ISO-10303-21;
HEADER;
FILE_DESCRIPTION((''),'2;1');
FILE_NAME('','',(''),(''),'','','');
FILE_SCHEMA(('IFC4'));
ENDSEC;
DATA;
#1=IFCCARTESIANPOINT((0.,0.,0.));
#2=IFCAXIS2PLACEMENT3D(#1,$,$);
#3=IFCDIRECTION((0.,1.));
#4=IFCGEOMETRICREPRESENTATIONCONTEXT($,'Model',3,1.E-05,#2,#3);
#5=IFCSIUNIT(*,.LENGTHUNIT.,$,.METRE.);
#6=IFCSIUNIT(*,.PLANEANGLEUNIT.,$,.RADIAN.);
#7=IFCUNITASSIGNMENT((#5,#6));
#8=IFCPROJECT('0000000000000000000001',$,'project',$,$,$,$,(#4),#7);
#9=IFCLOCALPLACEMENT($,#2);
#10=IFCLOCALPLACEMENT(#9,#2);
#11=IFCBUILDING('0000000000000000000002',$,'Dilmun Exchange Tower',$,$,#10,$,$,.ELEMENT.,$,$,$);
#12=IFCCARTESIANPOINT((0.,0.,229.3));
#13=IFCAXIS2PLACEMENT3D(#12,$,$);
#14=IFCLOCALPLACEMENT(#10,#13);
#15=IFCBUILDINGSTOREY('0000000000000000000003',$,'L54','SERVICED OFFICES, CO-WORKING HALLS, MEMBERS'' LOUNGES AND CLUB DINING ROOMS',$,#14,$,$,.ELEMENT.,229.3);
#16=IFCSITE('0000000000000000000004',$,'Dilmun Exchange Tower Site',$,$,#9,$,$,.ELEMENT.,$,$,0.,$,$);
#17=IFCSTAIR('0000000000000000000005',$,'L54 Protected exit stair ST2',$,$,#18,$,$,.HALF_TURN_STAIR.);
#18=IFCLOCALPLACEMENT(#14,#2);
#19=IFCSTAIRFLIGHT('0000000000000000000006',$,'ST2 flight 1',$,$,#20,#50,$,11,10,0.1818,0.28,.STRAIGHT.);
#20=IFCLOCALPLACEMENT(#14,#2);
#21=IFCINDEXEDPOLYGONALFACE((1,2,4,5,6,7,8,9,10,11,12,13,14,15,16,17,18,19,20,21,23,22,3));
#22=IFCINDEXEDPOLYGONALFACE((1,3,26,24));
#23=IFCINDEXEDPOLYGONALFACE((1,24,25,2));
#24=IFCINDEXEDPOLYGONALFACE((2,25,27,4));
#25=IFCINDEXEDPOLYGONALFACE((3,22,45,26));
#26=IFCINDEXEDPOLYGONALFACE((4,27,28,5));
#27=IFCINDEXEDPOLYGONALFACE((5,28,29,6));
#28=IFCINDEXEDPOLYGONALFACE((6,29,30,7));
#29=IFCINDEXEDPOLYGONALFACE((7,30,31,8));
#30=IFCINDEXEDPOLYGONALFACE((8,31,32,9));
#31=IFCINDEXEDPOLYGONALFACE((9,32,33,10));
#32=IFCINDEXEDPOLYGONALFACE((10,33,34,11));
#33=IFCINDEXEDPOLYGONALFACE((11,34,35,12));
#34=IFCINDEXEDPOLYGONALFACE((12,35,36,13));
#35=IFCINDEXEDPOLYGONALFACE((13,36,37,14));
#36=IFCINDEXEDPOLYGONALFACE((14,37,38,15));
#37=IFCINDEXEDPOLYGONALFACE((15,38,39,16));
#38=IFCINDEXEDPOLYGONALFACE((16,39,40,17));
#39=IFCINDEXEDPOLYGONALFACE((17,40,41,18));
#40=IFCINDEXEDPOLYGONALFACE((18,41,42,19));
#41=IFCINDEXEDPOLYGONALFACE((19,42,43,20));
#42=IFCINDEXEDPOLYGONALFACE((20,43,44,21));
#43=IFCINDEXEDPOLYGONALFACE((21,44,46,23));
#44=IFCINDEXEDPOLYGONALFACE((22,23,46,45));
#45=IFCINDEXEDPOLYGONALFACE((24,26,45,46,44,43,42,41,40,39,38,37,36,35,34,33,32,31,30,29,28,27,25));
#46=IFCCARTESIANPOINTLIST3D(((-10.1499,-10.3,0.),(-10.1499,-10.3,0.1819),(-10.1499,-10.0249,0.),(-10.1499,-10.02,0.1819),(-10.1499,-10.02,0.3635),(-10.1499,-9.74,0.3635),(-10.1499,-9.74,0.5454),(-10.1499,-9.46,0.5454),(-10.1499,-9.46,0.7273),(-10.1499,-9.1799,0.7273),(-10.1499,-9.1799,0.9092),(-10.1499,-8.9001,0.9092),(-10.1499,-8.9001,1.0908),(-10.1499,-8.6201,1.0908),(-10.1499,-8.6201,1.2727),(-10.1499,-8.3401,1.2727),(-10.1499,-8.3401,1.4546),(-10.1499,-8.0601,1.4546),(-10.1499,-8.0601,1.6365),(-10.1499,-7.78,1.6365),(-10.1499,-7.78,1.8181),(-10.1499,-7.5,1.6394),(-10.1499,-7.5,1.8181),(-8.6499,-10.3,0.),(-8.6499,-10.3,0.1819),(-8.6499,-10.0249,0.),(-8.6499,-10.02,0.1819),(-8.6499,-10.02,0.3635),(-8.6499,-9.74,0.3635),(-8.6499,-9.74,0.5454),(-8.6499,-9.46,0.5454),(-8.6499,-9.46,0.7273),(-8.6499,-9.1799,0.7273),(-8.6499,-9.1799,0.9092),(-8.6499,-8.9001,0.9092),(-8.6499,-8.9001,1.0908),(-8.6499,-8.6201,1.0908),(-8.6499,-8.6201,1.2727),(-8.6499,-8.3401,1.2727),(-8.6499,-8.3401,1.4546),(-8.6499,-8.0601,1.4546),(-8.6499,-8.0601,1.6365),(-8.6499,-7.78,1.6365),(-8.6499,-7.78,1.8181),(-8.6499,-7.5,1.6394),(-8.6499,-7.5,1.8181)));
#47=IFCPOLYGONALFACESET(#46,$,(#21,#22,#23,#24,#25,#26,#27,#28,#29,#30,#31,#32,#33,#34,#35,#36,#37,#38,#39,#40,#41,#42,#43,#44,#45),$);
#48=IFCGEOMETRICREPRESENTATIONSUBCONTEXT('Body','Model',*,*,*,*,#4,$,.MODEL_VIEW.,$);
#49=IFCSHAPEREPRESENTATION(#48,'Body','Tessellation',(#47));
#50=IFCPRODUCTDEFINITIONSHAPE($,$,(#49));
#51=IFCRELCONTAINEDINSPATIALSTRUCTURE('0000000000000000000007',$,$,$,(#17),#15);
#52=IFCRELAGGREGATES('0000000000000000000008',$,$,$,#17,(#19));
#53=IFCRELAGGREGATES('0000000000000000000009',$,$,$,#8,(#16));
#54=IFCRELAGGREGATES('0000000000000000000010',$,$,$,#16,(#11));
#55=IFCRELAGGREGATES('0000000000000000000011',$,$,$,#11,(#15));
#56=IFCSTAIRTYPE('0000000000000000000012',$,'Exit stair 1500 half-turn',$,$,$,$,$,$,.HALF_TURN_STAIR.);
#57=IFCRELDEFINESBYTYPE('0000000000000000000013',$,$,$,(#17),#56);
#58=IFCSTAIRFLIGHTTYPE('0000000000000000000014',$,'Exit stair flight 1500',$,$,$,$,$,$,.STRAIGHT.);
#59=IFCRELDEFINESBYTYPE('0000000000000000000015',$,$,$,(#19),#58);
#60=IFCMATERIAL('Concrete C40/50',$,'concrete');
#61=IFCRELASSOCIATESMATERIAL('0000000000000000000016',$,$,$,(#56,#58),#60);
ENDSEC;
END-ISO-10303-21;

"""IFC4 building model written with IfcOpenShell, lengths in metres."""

from ifc_helpers import new_model, si_unit, direction, frame, origin, place, context, subcontext, project, spatial, polyline, outline, extrude, material, type_object, element, aggregate, save


model = new_model("IFC4")

# Units and contexts
model_context = context("Model", 3, precision=1e-05, world=origin(), true_north=direction((0.0, 1.0)))
body_context = subcontext(model_context, "Body", "Model", "MODEL_VIEW")
ifc_project = project(units=[si_unit("LENGTHUNIT", "METRE"), si_unit("PLANEANGLEUNIT", "RADIAN")], contexts=[model_context])

# Site, building, storey
site_placement = place(None, origin())
site = spatial("IfcSite", under=ifc_project, at=site_placement, Name="Dilmun Exchange Tower Site", CompositionType="ELEMENT", RefElevation=0.0)
building_placement = place(site_placement, origin())
building = spatial("IfcBuilding", under=site, at=building_placement, Name="Dilmun Exchange Tower", CompositionType="ELEMENT")
storey_placement = place(building_placement, frame((0.0, 0.0, 229.3)))
storey = spatial("IfcBuildingStorey", under=building, at=storey_placement, Name="L54", Description="SERVICED OFFICES, CO-WORKING HALLS, MEMBERS' LOUNGES AND CLUB DINING ROOMS", CompositionType="ELEMENT", Elevation=229.3)

# Shared definitions
ifc_material_1 = material(Name="Concrete C40/50", Category="concrete")

# Stair, stair flight
stair_type = type_object("IfcStairType", Name="Exit stair 1500 half-turn", PredefinedType="HALF_TURN_STAIR", material=ifc_material_1)
stair_placement = place(storey_placement, origin())
stair = element("IfcStair", 1, at=stair_placement, inside=storey, type_object=stair_type, Name="L54 Protected exit stair ST2", PredefinedType="HALF_TURN_STAIR")
stair_flight_type = type_object("IfcStairFlightType", Name="Exit stair flight 1500", PredefinedType="STRAIGHT", material=ifc_material_1)
stair_flight_placement = place(storey_placement, frame((-9.3999, -10.3, 0.0), z_axis=(0.0, 0.0, 1.0), x_axis=(0.0, 1.0, 0.0)))
stair_flight = element("IfcStairFlight", 2, at=stair_flight_placement, type_object=stair_flight_type, Name="ST2 flight 1", NumberOfRisers=11, NumberOfTreads=10, PredefinedType="STRAIGHT", RiserHeight=0.1818, TreadLength=0.28, context=body_context, shape_type="SweptSolid", body=[
    extrude(outline(polyline([(0.0, 0.0), (0.0, 0.1819), (0.28, 0.1819), (0.28, 0.3635), (0.5601, 0.3635), (0.5601, 0.5454), (0.8401, 0.5454), (0.8401, 0.7273), (1.1201, 0.7273), (1.1201, 0.9092), (1.3999, 0.9092), (1.3999, 1.0908), (1.6799, 1.0908), (1.6799, 1.2727), (1.96, 1.2727), (1.96, 1.4546), (2.24, 1.4546), (2.24, 1.6365), (2.52, 1.6365), (2.52, 1.8181), (2.8, 1.8181), (2.8, 2.0), (2.8, 1.6394), (0.2751, 0.0), (0.0, 0.0)])), frame((0.0, 0.75, 0.0), z_axis=(0.0, -1.0, 0.0), x_axis=(1.0, 0.0, 0.0)), (0.0, 0.0, 1.0), 1.5),
])
aggregate(stair, [stair_flight])

save(model, "model.ifc")
